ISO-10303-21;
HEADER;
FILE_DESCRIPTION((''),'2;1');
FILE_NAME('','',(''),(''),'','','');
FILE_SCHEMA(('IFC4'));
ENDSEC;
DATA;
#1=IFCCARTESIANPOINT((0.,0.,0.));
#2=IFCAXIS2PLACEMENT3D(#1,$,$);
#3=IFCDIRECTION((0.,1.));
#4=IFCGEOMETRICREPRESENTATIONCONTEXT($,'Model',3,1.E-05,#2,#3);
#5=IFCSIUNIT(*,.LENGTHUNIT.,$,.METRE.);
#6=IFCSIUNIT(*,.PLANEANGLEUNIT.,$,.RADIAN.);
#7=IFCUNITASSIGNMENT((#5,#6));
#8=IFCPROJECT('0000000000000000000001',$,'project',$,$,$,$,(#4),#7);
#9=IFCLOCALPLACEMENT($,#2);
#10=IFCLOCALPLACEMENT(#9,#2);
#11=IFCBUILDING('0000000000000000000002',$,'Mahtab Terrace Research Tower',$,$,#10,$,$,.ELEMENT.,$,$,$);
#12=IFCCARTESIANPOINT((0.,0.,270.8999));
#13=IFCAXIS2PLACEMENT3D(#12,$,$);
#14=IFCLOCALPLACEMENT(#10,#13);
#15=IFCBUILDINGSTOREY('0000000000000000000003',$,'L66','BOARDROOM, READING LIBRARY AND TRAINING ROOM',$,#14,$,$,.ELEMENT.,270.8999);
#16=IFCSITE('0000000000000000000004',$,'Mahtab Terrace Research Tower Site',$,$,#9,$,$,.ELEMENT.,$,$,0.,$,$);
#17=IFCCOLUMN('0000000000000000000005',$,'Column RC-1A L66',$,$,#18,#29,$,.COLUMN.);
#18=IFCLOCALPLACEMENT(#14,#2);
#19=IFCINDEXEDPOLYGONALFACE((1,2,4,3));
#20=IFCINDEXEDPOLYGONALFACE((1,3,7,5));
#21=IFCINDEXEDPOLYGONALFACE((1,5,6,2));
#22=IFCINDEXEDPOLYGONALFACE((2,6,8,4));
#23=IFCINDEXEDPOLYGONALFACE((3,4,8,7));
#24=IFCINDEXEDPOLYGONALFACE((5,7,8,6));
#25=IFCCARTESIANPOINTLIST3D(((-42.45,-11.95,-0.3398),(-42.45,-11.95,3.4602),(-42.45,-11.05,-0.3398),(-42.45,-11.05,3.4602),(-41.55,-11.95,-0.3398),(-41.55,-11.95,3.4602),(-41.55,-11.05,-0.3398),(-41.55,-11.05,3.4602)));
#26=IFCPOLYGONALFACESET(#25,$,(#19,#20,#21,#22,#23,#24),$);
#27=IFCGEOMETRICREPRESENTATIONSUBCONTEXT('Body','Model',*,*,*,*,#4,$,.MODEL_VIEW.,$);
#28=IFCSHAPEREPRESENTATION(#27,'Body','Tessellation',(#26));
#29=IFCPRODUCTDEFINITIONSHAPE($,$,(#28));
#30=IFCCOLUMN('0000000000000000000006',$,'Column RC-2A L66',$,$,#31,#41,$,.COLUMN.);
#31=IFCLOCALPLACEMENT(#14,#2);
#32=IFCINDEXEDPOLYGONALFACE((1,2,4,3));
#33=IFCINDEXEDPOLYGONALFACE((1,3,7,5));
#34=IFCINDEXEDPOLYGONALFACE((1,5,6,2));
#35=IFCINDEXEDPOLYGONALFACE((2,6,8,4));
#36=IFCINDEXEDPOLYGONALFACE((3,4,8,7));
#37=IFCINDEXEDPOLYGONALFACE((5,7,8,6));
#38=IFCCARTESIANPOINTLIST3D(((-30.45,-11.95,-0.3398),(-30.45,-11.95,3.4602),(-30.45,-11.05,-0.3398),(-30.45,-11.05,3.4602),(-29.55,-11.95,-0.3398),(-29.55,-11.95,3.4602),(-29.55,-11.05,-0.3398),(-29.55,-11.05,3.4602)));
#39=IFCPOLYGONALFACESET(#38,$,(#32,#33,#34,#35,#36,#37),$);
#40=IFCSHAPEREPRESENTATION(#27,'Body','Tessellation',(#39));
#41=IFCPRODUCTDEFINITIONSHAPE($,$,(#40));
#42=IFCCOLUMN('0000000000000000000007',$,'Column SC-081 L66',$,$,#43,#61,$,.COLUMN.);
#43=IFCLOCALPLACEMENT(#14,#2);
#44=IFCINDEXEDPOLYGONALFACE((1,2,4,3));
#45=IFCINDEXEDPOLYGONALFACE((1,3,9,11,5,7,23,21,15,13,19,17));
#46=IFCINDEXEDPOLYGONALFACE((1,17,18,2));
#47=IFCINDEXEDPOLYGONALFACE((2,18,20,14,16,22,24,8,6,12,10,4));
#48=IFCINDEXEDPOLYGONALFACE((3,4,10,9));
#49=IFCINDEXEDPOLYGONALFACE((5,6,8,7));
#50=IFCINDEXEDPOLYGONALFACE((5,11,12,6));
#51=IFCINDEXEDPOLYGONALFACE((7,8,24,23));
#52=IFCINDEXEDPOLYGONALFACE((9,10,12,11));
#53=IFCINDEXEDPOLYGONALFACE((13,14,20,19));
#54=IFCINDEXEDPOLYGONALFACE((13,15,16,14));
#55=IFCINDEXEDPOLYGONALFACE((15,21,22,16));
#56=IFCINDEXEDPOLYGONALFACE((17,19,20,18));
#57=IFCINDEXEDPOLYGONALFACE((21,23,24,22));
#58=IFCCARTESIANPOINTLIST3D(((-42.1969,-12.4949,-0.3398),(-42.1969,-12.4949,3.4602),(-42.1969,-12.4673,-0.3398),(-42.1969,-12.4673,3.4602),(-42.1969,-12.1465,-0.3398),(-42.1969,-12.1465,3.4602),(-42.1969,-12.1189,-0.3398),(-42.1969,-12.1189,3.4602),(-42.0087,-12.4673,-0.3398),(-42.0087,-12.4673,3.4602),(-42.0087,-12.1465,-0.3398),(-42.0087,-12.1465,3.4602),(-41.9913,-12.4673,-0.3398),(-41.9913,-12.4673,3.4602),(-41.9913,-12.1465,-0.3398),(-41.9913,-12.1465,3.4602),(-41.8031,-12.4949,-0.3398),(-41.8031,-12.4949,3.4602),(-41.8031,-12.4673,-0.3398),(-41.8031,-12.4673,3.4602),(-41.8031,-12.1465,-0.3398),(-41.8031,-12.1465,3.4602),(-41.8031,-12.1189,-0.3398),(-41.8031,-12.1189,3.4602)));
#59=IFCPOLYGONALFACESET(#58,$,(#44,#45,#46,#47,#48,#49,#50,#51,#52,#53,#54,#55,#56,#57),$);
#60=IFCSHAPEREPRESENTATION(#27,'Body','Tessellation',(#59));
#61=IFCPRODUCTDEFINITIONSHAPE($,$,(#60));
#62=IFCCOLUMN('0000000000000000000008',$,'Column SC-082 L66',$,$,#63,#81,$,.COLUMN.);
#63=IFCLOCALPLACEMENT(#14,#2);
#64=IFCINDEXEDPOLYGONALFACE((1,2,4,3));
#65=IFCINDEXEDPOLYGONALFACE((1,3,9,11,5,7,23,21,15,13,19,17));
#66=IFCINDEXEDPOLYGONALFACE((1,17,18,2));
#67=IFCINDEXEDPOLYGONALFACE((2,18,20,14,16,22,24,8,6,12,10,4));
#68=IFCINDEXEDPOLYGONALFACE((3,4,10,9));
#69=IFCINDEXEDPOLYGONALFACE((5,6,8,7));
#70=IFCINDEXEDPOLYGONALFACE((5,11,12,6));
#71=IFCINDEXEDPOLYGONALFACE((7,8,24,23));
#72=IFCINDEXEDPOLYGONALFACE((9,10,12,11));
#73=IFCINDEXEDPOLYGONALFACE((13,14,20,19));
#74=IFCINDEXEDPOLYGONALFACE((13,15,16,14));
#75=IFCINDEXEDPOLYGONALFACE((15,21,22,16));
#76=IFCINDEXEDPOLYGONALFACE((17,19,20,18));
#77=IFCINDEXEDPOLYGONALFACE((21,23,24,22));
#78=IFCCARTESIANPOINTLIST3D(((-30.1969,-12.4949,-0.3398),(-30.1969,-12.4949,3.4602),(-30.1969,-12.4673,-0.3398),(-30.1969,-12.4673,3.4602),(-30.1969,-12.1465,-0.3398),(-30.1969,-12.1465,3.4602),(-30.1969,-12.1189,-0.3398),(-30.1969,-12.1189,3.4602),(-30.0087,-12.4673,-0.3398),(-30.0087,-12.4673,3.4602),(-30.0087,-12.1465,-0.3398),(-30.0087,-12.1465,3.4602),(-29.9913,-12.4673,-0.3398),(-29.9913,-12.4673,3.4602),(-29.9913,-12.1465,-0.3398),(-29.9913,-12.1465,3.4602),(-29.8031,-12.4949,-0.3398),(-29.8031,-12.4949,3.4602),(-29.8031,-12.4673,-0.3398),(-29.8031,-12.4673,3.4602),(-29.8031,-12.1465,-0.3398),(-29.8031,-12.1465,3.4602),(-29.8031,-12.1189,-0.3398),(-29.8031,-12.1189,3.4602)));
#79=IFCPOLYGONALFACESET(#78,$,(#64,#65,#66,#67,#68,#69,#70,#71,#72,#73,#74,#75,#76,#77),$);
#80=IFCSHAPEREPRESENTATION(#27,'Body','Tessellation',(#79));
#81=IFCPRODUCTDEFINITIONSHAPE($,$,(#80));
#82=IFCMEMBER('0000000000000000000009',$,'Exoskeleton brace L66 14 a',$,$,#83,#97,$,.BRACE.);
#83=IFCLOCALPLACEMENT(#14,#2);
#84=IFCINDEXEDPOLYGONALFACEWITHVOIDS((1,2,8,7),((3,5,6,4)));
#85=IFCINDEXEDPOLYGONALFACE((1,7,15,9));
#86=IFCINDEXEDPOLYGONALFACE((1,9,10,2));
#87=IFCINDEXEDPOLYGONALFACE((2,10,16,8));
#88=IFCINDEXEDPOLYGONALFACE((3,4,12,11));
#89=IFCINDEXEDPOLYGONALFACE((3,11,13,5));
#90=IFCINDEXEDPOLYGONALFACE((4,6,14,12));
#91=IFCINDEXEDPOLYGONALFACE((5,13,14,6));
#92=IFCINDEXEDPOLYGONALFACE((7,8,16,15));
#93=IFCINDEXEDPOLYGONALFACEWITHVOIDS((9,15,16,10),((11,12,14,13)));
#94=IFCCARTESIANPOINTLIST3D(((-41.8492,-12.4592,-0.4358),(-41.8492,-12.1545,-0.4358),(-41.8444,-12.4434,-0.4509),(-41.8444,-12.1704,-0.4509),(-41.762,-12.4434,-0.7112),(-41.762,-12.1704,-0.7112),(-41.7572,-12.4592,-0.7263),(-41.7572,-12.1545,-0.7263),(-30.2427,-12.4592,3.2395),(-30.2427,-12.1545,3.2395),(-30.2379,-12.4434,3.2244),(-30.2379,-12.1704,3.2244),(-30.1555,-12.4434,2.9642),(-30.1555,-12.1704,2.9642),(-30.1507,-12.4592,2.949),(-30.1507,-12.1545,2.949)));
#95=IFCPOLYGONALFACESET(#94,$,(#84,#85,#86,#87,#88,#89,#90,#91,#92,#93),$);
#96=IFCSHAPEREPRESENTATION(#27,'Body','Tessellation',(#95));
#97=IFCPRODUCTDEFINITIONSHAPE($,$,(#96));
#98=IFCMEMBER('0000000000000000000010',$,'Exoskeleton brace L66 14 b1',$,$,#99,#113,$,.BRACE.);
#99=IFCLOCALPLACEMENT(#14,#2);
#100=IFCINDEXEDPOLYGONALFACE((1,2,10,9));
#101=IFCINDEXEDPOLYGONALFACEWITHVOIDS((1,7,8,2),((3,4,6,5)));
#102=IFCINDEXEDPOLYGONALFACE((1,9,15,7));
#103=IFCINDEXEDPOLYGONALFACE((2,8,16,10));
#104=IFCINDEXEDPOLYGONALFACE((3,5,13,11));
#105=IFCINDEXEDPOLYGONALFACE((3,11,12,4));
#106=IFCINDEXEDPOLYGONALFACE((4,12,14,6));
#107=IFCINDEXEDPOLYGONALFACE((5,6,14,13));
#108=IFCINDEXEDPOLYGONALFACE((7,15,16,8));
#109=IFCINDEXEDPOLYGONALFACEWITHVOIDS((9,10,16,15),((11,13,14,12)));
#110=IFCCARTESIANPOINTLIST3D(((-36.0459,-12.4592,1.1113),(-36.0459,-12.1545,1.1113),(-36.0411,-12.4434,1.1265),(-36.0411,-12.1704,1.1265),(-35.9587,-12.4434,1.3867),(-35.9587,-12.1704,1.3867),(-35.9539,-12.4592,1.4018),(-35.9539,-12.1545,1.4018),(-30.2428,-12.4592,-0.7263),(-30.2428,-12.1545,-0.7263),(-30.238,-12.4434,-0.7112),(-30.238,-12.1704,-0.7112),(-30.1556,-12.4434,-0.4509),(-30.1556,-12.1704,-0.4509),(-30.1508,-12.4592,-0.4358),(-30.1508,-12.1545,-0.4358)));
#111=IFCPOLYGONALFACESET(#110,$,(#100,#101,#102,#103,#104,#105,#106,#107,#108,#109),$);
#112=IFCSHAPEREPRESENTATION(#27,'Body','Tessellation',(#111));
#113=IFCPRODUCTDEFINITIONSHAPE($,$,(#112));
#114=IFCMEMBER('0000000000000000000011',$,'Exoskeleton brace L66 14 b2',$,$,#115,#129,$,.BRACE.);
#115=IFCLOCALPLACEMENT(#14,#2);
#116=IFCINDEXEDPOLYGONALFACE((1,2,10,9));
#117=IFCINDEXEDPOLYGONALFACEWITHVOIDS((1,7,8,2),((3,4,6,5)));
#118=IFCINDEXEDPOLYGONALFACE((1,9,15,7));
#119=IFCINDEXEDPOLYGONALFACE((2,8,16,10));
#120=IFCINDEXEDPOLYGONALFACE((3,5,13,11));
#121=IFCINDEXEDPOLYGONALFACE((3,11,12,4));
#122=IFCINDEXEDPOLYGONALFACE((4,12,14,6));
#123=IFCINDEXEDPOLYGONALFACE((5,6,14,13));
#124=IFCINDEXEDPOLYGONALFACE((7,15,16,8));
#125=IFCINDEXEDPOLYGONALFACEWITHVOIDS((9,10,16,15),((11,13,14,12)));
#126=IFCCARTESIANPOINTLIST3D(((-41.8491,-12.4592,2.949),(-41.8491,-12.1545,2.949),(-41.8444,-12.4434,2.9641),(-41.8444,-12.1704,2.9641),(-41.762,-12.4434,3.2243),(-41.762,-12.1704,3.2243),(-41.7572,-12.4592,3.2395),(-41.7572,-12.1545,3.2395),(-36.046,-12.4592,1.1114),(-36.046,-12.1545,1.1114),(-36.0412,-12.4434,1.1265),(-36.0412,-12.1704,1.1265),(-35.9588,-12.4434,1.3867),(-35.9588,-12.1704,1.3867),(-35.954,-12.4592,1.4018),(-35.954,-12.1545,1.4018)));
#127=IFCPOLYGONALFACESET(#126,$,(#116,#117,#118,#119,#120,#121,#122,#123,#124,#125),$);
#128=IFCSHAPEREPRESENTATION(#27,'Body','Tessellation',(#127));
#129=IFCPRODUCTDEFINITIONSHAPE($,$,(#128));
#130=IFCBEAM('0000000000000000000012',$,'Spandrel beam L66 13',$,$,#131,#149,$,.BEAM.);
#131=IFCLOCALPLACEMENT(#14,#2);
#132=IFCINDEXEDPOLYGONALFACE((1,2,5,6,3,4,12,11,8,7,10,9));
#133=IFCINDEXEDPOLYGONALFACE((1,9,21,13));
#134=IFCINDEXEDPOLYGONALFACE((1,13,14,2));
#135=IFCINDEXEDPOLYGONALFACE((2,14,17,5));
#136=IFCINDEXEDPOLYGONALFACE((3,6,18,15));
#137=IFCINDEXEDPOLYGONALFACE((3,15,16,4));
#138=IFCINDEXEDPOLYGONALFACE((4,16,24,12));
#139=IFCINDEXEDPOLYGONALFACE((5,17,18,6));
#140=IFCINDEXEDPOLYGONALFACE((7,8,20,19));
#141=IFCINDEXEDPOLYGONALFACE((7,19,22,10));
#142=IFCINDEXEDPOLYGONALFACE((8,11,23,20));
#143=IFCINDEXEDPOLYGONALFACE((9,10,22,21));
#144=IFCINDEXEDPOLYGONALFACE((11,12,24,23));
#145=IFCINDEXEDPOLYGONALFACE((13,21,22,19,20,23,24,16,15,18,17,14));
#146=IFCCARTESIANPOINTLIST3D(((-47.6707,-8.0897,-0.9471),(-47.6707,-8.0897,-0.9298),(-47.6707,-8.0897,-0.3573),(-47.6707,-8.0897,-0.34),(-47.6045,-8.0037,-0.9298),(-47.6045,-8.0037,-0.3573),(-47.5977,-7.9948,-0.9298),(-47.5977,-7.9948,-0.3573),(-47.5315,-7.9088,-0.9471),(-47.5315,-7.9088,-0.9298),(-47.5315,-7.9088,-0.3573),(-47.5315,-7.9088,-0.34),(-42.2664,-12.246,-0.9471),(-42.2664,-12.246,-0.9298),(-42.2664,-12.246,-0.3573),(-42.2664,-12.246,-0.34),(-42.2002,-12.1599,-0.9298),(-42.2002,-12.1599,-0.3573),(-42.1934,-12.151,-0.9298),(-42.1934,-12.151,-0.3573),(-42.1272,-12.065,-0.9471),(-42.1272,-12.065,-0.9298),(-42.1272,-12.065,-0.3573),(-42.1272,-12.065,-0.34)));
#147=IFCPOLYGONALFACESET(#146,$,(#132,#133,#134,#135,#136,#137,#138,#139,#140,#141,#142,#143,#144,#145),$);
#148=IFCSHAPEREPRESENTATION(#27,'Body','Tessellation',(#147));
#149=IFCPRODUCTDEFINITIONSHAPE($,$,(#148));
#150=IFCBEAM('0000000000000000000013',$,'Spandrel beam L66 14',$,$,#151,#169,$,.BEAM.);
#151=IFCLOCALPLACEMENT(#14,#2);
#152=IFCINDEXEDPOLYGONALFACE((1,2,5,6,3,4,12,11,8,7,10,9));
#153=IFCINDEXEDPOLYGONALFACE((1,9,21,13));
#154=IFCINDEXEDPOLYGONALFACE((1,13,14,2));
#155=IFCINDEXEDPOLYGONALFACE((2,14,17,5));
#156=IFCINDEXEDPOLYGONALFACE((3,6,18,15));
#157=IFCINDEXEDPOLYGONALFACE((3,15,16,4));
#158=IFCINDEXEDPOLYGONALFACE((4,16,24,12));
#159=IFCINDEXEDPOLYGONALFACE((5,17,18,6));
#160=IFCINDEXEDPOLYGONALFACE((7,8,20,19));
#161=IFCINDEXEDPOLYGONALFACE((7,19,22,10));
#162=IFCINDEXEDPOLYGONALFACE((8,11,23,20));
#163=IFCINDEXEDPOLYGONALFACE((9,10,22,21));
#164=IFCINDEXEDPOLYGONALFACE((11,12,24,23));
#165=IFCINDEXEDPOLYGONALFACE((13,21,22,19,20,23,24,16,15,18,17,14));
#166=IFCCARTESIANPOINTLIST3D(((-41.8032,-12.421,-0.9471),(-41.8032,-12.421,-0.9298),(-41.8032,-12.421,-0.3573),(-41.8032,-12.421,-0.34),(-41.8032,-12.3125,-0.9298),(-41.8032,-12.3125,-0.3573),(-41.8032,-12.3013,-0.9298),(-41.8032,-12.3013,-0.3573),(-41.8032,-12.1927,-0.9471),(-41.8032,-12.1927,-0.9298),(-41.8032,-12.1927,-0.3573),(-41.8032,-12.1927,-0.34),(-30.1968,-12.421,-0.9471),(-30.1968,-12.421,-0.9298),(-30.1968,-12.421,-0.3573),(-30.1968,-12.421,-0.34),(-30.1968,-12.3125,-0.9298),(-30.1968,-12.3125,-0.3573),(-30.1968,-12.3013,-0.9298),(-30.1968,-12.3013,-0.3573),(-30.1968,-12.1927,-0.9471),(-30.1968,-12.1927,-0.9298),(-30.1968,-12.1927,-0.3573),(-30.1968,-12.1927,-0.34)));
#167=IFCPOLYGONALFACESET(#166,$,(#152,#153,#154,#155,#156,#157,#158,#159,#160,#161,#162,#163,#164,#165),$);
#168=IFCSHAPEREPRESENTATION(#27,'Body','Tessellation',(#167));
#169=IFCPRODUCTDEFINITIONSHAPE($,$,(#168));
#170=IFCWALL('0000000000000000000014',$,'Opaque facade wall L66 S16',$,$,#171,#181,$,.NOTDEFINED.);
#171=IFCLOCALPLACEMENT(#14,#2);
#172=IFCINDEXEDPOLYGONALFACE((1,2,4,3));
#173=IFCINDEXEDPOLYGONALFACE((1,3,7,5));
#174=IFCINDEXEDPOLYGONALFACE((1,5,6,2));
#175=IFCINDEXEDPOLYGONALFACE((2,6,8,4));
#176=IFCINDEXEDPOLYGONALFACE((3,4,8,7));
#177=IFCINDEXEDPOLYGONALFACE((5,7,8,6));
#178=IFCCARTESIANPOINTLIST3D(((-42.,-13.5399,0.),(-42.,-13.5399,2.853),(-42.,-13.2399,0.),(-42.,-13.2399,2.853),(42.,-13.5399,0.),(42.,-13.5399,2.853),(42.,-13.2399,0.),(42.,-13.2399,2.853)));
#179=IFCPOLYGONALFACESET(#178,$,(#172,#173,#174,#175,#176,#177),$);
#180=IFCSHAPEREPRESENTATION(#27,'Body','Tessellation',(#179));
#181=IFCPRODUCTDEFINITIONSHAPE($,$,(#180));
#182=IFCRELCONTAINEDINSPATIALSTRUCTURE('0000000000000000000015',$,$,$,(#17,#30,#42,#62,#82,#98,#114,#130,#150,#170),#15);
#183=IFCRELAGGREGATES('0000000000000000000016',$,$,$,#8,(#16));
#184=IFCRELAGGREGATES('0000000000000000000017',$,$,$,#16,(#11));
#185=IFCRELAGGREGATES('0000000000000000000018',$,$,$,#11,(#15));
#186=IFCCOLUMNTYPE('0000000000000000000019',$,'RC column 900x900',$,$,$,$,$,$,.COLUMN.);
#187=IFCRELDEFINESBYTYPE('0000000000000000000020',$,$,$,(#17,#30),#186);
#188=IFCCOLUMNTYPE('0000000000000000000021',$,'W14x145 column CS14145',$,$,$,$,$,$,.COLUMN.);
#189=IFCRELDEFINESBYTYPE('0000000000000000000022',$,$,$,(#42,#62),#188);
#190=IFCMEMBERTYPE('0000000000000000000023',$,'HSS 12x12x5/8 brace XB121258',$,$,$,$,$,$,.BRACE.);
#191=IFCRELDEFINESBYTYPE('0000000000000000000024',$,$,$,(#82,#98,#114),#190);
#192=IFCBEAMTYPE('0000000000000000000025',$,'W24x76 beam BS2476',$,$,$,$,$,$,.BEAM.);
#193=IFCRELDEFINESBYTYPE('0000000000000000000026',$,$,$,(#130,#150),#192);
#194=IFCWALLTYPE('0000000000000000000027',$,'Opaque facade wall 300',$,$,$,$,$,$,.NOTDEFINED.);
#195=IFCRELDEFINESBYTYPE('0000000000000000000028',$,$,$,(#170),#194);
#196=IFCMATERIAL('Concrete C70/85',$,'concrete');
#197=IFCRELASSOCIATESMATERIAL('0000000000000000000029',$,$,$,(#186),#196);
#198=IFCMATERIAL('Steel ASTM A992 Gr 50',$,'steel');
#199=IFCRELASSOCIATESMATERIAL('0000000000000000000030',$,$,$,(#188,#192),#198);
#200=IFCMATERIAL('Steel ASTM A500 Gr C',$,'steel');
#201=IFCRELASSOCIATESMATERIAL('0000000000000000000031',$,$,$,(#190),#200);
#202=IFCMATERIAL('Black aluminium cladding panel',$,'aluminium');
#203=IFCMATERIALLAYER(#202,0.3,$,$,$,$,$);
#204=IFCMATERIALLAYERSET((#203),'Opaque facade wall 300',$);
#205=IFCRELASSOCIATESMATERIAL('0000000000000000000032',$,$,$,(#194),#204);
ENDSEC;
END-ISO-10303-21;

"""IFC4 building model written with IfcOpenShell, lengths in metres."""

from ifc_helpers import new_model, si_unit, direction, frame, frame_2d, origin, origin_2d, place, context, subcontext, project, spatial, rectangle, hollow_rectangle, i_section, extrude, material, layer, layer_set, material_profile, profile_set, type_object, element, save


model = new_model("IFC4")

# Units and contexts
model_context = context("Model", 3, precision=1e-05, world=origin(), true_north=direction((0.0, 1.0)))
body_context = subcontext(model_context, "Body", "Model", "MODEL_VIEW")
ifc_project = project(units=[si_unit("LENGTHUNIT", "METRE"), si_unit("PLANEANGLEUNIT", "RADIAN")], contexts=[model_context])

# Site, building, storey
site_placement = place(None, origin())
site = spatial("IfcSite", under=ifc_project, at=site_placement, Name="Mahtab Terrace Research Tower Site", CompositionType="ELEMENT", RefElevation=0.0)
building_placement = place(site_placement, origin())
building = spatial("IfcBuilding", under=site, at=building_placement, Name="Mahtab Terrace Research Tower", CompositionType="ELEMENT")
storey_placement = place(building_placement, frame((0.0, 0.0, 270.8999)))
storey = spatial("IfcBuildingStorey", under=building, at=storey_placement, Name="L66", Description="BOARDROOM, READING LIBRARY AND TRAINING ROOM", CompositionType="ELEMENT", Elevation=270.8999)

# Columns
ifc_material_1 = material(Name="Concrete C70/85", Category="concrete")
ifc_material_profile_1 = material_profile(ifc_material_1, rectangle(XDim=0.8999, YDim=0.8999, at=origin_2d()), Name="RC column 900x900")
ifc_profile_set_1 = profile_set([ifc_material_profile_1], Name="Concrete C70/85")
column_type_1 = type_object("IfcColumnType", Name="RC column 900x900", PredefinedType="COLUMN", material=ifc_profile_set_1)
for number, where, z_axis, x_axis, name in (
    (1, (-42.0, -11.5, -0.3398), (0.0, 0.0, 1.0), (1.0, 0.0, 0.0), "Column RC-1A L66"),
    (2, (-30.0, -11.5, -0.3398), (0.0, 0.0, 1.0), (1.0, 0.0, 0.0), "Column RC-2A L66"),
):
    element("IfcColumn", number, at=place(storey_placement, frame(where, z_axis=z_axis, x_axis=x_axis)), inside=storey, type_object=column_type_1, Name=name, PredefinedType="COLUMN", context=body_context, shape_type="SweptSolid", body=[
        extrude(rectangle(XDim=0.8999, YDim=0.8999, at=origin_2d()), origin(), (0.0, 0.0, 1.0), 3.8),
    ])
ifc_material_2 = material(Name="Steel ASTM A992 Gr 50", Category="steel")
ifc_material_profile_2 = material_profile(ifc_material_2, i_section(OverallWidth=0.3938, OverallDepth=0.376, WebThickness=0.0173, FlangeThickness=0.0276, at=origin_2d()), Name="W14X145")
ifc_profile_set_2 = profile_set([ifc_material_profile_2], Name="Steel ASTM A992 Gr 50")
column_type_2 = type_object("IfcColumnType", Name="W14x145 column CS14145", PredefinedType="COLUMN", material=ifc_profile_set_2)
for number, where, z_axis, x_axis, name in (
    (3, (-42.0, -12.3069, -0.3398), (0.0, 0.0, 1.0), (1.0, 0.0, 0.0), "Column SC-081 L66"),
    (4, (-30.0, -12.3069, -0.3398), (0.0, 0.0, 1.0), (1.0, 0.0, 0.0), "Column SC-082 L66"),
):
    element("IfcColumn", number, at=place(storey_placement, frame(where, z_axis=z_axis, x_axis=x_axis)), inside=storey, type_object=column_type_2, Name=name, PredefinedType="COLUMN", context=body_context, shape_type="SweptSolid", body=[
        extrude(i_section(OverallWidth=0.3938, OverallDepth=0.376, WebThickness=0.0173, FlangeThickness=0.0276, at=origin_2d()), origin(), (0.0, 0.0, 1.0), 3.8),
    ])

# Members
ifc_material_3 = material(Name="Steel ASTM A500 Gr C", Category="steel")
ifc_material_profile_3 = material_profile(ifc_material_3, hollow_rectangle(XDim=0.3047, YDim=0.3047, WallThickness=0.0159, at=origin_2d()), Name="HSS12X12X5/8")
ifc_profile_set_3 = profile_set([ifc_material_profile_3], Name="Steel ASTM A500 Gr C")
member_type = type_object("IfcMemberType", Name="HSS 12x12x5/8 brace XB121258", PredefinedType="BRACE", material=ifc_profile_set_3)
member_placement = place(storey_placement, frame((-41.8032, -12.3069, -0.5811), z_axis=(0.953344, 0.0, 0.301886), x_axis=(0.0, 1.0, 0.0)))
element("IfcMember", 5, at=member_placement, inside=storey, type_object=member_type, Name="Exoskeleton brace L66 14 a", PredefinedType="BRACE", context=body_context, shape_type="SweptSolid", body=[
    extrude(hollow_rectangle(XDim=0.3047, YDim=0.3047, WallThickness=0.0159, at=origin_2d()), origin(), (0.0, 0.0, 1.0), 12.1746),
])
for number, where, z_axis, x_axis, name in (
    (6, (-30.1968, -12.3069, -0.5811), (-0.953344, 0.0, 0.301886), (0.0, -1.0, 0.0), "Exoskeleton brace L66 14 b1"),
    (7, (-36.0, -12.3069, 1.2566), (-0.953344, 0.0, 0.301886), (0.0, -1.0, 0.0), "Exoskeleton brace L66 14 b2"),
):
    element("IfcMember", number, at=place(storey_placement, frame(where, z_axis=z_axis, x_axis=x_axis)), inside=storey, type_object=member_type, Name=name, PredefinedType="BRACE", context=body_context, shape_type="SweptSolid", body=[
        extrude(hollow_rectangle(XDim=0.3047, YDim=0.3047, WallThickness=0.0159, at=origin_2d()), origin(), (0.0, 0.0, 1.0), 6.0872),
    ])

# Beams
ifc_material_profile_4 = material_profile(ifc_material_2, i_section(OverallWidth=0.2283, OverallDepth=0.6072, WebThickness=0.0112, FlangeThickness=0.0173, at=origin_2d()), Name="W24X76")
ifc_profile_set_4 = profile_set([ifc_material_profile_4], Name="Steel ASTM A992 Gr 50")
beam_type = type_object("IfcBeamType", Name="W24x76 beam BS2476", PredefinedType="BEAM", material=ifc_profile_set_4)
beam_1_placement = place(storey_placement, frame((-47.6011, -7.9993, -0.6436), z_axis=(0.792688, -0.609628, 0.0), x_axis=(0.609628, 0.792688, 0.0)))
element("IfcBeam", 8, at=beam_1_placement, inside=storey, type_object=beam_type, Name="Spandrel beam L66 13", PredefinedType="BEAM", context=body_context, shape_type="SweptSolid", body=[
    extrude(i_section(OverallWidth=0.2283, OverallDepth=0.6072, WebThickness=0.0112, FlangeThickness=0.0173, at=origin_2d()), origin(), (0.0, 0.0, 1.0), 6.8176),
])
beam_2_placement = place(storey_placement, frame((-41.8032, -12.3069, -0.6436), z_axis=(1.0, 0.0, 0.0), x_axis=(0.0, 1.0, 0.0)))
element("IfcBeam", 9, at=beam_2_placement, inside=storey, type_object=beam_type, Name="Spandrel beam L66 14", PredefinedType="BEAM", context=body_context, shape_type="SweptSolid", body=[
    extrude(i_section(OverallWidth=0.2283, OverallDepth=0.6072, WebThickness=0.0112, FlangeThickness=0.0173, at=origin_2d()), origin(), (0.0, 0.0, 1.0), 11.6064),
])

# Wall
ifc_material_4 = material(Name="Black aluminium cladding panel", Category="aluminium")
ifc_layer_1 = layer(ifc_material_4, 0.3)
ifc_layer_set_1 = layer_set([ifc_layer_1], Name="Opaque facade wall 300")
wall_type_1 = type_object("IfcWallType", Name="Opaque facade wall 300", PredefinedType="NOTDEFINED", material=ifc_layer_set_1)
wall_1_placement = place(storey_placement, frame((-42.0, -13.3899, 0.0), z_axis=(0.0, 0.0, 1.0), x_axis=(1.0, 0.0, 0.0)))
element("IfcWall", 10, at=wall_1_placement, inside=storey, type_object=wall_type_1, Name="Opaque facade wall L66 S16", PredefinedType="NOTDEFINED", context=body_context, shape_type="SweptSolid", body=[
    extrude(rectangle(XDim=84.0, YDim=0.3, at=frame_2d((42.0, 0.0))), origin(), (0.0, 0.0, 1.0), 2.853),
])

save(model, "model.ifc")
